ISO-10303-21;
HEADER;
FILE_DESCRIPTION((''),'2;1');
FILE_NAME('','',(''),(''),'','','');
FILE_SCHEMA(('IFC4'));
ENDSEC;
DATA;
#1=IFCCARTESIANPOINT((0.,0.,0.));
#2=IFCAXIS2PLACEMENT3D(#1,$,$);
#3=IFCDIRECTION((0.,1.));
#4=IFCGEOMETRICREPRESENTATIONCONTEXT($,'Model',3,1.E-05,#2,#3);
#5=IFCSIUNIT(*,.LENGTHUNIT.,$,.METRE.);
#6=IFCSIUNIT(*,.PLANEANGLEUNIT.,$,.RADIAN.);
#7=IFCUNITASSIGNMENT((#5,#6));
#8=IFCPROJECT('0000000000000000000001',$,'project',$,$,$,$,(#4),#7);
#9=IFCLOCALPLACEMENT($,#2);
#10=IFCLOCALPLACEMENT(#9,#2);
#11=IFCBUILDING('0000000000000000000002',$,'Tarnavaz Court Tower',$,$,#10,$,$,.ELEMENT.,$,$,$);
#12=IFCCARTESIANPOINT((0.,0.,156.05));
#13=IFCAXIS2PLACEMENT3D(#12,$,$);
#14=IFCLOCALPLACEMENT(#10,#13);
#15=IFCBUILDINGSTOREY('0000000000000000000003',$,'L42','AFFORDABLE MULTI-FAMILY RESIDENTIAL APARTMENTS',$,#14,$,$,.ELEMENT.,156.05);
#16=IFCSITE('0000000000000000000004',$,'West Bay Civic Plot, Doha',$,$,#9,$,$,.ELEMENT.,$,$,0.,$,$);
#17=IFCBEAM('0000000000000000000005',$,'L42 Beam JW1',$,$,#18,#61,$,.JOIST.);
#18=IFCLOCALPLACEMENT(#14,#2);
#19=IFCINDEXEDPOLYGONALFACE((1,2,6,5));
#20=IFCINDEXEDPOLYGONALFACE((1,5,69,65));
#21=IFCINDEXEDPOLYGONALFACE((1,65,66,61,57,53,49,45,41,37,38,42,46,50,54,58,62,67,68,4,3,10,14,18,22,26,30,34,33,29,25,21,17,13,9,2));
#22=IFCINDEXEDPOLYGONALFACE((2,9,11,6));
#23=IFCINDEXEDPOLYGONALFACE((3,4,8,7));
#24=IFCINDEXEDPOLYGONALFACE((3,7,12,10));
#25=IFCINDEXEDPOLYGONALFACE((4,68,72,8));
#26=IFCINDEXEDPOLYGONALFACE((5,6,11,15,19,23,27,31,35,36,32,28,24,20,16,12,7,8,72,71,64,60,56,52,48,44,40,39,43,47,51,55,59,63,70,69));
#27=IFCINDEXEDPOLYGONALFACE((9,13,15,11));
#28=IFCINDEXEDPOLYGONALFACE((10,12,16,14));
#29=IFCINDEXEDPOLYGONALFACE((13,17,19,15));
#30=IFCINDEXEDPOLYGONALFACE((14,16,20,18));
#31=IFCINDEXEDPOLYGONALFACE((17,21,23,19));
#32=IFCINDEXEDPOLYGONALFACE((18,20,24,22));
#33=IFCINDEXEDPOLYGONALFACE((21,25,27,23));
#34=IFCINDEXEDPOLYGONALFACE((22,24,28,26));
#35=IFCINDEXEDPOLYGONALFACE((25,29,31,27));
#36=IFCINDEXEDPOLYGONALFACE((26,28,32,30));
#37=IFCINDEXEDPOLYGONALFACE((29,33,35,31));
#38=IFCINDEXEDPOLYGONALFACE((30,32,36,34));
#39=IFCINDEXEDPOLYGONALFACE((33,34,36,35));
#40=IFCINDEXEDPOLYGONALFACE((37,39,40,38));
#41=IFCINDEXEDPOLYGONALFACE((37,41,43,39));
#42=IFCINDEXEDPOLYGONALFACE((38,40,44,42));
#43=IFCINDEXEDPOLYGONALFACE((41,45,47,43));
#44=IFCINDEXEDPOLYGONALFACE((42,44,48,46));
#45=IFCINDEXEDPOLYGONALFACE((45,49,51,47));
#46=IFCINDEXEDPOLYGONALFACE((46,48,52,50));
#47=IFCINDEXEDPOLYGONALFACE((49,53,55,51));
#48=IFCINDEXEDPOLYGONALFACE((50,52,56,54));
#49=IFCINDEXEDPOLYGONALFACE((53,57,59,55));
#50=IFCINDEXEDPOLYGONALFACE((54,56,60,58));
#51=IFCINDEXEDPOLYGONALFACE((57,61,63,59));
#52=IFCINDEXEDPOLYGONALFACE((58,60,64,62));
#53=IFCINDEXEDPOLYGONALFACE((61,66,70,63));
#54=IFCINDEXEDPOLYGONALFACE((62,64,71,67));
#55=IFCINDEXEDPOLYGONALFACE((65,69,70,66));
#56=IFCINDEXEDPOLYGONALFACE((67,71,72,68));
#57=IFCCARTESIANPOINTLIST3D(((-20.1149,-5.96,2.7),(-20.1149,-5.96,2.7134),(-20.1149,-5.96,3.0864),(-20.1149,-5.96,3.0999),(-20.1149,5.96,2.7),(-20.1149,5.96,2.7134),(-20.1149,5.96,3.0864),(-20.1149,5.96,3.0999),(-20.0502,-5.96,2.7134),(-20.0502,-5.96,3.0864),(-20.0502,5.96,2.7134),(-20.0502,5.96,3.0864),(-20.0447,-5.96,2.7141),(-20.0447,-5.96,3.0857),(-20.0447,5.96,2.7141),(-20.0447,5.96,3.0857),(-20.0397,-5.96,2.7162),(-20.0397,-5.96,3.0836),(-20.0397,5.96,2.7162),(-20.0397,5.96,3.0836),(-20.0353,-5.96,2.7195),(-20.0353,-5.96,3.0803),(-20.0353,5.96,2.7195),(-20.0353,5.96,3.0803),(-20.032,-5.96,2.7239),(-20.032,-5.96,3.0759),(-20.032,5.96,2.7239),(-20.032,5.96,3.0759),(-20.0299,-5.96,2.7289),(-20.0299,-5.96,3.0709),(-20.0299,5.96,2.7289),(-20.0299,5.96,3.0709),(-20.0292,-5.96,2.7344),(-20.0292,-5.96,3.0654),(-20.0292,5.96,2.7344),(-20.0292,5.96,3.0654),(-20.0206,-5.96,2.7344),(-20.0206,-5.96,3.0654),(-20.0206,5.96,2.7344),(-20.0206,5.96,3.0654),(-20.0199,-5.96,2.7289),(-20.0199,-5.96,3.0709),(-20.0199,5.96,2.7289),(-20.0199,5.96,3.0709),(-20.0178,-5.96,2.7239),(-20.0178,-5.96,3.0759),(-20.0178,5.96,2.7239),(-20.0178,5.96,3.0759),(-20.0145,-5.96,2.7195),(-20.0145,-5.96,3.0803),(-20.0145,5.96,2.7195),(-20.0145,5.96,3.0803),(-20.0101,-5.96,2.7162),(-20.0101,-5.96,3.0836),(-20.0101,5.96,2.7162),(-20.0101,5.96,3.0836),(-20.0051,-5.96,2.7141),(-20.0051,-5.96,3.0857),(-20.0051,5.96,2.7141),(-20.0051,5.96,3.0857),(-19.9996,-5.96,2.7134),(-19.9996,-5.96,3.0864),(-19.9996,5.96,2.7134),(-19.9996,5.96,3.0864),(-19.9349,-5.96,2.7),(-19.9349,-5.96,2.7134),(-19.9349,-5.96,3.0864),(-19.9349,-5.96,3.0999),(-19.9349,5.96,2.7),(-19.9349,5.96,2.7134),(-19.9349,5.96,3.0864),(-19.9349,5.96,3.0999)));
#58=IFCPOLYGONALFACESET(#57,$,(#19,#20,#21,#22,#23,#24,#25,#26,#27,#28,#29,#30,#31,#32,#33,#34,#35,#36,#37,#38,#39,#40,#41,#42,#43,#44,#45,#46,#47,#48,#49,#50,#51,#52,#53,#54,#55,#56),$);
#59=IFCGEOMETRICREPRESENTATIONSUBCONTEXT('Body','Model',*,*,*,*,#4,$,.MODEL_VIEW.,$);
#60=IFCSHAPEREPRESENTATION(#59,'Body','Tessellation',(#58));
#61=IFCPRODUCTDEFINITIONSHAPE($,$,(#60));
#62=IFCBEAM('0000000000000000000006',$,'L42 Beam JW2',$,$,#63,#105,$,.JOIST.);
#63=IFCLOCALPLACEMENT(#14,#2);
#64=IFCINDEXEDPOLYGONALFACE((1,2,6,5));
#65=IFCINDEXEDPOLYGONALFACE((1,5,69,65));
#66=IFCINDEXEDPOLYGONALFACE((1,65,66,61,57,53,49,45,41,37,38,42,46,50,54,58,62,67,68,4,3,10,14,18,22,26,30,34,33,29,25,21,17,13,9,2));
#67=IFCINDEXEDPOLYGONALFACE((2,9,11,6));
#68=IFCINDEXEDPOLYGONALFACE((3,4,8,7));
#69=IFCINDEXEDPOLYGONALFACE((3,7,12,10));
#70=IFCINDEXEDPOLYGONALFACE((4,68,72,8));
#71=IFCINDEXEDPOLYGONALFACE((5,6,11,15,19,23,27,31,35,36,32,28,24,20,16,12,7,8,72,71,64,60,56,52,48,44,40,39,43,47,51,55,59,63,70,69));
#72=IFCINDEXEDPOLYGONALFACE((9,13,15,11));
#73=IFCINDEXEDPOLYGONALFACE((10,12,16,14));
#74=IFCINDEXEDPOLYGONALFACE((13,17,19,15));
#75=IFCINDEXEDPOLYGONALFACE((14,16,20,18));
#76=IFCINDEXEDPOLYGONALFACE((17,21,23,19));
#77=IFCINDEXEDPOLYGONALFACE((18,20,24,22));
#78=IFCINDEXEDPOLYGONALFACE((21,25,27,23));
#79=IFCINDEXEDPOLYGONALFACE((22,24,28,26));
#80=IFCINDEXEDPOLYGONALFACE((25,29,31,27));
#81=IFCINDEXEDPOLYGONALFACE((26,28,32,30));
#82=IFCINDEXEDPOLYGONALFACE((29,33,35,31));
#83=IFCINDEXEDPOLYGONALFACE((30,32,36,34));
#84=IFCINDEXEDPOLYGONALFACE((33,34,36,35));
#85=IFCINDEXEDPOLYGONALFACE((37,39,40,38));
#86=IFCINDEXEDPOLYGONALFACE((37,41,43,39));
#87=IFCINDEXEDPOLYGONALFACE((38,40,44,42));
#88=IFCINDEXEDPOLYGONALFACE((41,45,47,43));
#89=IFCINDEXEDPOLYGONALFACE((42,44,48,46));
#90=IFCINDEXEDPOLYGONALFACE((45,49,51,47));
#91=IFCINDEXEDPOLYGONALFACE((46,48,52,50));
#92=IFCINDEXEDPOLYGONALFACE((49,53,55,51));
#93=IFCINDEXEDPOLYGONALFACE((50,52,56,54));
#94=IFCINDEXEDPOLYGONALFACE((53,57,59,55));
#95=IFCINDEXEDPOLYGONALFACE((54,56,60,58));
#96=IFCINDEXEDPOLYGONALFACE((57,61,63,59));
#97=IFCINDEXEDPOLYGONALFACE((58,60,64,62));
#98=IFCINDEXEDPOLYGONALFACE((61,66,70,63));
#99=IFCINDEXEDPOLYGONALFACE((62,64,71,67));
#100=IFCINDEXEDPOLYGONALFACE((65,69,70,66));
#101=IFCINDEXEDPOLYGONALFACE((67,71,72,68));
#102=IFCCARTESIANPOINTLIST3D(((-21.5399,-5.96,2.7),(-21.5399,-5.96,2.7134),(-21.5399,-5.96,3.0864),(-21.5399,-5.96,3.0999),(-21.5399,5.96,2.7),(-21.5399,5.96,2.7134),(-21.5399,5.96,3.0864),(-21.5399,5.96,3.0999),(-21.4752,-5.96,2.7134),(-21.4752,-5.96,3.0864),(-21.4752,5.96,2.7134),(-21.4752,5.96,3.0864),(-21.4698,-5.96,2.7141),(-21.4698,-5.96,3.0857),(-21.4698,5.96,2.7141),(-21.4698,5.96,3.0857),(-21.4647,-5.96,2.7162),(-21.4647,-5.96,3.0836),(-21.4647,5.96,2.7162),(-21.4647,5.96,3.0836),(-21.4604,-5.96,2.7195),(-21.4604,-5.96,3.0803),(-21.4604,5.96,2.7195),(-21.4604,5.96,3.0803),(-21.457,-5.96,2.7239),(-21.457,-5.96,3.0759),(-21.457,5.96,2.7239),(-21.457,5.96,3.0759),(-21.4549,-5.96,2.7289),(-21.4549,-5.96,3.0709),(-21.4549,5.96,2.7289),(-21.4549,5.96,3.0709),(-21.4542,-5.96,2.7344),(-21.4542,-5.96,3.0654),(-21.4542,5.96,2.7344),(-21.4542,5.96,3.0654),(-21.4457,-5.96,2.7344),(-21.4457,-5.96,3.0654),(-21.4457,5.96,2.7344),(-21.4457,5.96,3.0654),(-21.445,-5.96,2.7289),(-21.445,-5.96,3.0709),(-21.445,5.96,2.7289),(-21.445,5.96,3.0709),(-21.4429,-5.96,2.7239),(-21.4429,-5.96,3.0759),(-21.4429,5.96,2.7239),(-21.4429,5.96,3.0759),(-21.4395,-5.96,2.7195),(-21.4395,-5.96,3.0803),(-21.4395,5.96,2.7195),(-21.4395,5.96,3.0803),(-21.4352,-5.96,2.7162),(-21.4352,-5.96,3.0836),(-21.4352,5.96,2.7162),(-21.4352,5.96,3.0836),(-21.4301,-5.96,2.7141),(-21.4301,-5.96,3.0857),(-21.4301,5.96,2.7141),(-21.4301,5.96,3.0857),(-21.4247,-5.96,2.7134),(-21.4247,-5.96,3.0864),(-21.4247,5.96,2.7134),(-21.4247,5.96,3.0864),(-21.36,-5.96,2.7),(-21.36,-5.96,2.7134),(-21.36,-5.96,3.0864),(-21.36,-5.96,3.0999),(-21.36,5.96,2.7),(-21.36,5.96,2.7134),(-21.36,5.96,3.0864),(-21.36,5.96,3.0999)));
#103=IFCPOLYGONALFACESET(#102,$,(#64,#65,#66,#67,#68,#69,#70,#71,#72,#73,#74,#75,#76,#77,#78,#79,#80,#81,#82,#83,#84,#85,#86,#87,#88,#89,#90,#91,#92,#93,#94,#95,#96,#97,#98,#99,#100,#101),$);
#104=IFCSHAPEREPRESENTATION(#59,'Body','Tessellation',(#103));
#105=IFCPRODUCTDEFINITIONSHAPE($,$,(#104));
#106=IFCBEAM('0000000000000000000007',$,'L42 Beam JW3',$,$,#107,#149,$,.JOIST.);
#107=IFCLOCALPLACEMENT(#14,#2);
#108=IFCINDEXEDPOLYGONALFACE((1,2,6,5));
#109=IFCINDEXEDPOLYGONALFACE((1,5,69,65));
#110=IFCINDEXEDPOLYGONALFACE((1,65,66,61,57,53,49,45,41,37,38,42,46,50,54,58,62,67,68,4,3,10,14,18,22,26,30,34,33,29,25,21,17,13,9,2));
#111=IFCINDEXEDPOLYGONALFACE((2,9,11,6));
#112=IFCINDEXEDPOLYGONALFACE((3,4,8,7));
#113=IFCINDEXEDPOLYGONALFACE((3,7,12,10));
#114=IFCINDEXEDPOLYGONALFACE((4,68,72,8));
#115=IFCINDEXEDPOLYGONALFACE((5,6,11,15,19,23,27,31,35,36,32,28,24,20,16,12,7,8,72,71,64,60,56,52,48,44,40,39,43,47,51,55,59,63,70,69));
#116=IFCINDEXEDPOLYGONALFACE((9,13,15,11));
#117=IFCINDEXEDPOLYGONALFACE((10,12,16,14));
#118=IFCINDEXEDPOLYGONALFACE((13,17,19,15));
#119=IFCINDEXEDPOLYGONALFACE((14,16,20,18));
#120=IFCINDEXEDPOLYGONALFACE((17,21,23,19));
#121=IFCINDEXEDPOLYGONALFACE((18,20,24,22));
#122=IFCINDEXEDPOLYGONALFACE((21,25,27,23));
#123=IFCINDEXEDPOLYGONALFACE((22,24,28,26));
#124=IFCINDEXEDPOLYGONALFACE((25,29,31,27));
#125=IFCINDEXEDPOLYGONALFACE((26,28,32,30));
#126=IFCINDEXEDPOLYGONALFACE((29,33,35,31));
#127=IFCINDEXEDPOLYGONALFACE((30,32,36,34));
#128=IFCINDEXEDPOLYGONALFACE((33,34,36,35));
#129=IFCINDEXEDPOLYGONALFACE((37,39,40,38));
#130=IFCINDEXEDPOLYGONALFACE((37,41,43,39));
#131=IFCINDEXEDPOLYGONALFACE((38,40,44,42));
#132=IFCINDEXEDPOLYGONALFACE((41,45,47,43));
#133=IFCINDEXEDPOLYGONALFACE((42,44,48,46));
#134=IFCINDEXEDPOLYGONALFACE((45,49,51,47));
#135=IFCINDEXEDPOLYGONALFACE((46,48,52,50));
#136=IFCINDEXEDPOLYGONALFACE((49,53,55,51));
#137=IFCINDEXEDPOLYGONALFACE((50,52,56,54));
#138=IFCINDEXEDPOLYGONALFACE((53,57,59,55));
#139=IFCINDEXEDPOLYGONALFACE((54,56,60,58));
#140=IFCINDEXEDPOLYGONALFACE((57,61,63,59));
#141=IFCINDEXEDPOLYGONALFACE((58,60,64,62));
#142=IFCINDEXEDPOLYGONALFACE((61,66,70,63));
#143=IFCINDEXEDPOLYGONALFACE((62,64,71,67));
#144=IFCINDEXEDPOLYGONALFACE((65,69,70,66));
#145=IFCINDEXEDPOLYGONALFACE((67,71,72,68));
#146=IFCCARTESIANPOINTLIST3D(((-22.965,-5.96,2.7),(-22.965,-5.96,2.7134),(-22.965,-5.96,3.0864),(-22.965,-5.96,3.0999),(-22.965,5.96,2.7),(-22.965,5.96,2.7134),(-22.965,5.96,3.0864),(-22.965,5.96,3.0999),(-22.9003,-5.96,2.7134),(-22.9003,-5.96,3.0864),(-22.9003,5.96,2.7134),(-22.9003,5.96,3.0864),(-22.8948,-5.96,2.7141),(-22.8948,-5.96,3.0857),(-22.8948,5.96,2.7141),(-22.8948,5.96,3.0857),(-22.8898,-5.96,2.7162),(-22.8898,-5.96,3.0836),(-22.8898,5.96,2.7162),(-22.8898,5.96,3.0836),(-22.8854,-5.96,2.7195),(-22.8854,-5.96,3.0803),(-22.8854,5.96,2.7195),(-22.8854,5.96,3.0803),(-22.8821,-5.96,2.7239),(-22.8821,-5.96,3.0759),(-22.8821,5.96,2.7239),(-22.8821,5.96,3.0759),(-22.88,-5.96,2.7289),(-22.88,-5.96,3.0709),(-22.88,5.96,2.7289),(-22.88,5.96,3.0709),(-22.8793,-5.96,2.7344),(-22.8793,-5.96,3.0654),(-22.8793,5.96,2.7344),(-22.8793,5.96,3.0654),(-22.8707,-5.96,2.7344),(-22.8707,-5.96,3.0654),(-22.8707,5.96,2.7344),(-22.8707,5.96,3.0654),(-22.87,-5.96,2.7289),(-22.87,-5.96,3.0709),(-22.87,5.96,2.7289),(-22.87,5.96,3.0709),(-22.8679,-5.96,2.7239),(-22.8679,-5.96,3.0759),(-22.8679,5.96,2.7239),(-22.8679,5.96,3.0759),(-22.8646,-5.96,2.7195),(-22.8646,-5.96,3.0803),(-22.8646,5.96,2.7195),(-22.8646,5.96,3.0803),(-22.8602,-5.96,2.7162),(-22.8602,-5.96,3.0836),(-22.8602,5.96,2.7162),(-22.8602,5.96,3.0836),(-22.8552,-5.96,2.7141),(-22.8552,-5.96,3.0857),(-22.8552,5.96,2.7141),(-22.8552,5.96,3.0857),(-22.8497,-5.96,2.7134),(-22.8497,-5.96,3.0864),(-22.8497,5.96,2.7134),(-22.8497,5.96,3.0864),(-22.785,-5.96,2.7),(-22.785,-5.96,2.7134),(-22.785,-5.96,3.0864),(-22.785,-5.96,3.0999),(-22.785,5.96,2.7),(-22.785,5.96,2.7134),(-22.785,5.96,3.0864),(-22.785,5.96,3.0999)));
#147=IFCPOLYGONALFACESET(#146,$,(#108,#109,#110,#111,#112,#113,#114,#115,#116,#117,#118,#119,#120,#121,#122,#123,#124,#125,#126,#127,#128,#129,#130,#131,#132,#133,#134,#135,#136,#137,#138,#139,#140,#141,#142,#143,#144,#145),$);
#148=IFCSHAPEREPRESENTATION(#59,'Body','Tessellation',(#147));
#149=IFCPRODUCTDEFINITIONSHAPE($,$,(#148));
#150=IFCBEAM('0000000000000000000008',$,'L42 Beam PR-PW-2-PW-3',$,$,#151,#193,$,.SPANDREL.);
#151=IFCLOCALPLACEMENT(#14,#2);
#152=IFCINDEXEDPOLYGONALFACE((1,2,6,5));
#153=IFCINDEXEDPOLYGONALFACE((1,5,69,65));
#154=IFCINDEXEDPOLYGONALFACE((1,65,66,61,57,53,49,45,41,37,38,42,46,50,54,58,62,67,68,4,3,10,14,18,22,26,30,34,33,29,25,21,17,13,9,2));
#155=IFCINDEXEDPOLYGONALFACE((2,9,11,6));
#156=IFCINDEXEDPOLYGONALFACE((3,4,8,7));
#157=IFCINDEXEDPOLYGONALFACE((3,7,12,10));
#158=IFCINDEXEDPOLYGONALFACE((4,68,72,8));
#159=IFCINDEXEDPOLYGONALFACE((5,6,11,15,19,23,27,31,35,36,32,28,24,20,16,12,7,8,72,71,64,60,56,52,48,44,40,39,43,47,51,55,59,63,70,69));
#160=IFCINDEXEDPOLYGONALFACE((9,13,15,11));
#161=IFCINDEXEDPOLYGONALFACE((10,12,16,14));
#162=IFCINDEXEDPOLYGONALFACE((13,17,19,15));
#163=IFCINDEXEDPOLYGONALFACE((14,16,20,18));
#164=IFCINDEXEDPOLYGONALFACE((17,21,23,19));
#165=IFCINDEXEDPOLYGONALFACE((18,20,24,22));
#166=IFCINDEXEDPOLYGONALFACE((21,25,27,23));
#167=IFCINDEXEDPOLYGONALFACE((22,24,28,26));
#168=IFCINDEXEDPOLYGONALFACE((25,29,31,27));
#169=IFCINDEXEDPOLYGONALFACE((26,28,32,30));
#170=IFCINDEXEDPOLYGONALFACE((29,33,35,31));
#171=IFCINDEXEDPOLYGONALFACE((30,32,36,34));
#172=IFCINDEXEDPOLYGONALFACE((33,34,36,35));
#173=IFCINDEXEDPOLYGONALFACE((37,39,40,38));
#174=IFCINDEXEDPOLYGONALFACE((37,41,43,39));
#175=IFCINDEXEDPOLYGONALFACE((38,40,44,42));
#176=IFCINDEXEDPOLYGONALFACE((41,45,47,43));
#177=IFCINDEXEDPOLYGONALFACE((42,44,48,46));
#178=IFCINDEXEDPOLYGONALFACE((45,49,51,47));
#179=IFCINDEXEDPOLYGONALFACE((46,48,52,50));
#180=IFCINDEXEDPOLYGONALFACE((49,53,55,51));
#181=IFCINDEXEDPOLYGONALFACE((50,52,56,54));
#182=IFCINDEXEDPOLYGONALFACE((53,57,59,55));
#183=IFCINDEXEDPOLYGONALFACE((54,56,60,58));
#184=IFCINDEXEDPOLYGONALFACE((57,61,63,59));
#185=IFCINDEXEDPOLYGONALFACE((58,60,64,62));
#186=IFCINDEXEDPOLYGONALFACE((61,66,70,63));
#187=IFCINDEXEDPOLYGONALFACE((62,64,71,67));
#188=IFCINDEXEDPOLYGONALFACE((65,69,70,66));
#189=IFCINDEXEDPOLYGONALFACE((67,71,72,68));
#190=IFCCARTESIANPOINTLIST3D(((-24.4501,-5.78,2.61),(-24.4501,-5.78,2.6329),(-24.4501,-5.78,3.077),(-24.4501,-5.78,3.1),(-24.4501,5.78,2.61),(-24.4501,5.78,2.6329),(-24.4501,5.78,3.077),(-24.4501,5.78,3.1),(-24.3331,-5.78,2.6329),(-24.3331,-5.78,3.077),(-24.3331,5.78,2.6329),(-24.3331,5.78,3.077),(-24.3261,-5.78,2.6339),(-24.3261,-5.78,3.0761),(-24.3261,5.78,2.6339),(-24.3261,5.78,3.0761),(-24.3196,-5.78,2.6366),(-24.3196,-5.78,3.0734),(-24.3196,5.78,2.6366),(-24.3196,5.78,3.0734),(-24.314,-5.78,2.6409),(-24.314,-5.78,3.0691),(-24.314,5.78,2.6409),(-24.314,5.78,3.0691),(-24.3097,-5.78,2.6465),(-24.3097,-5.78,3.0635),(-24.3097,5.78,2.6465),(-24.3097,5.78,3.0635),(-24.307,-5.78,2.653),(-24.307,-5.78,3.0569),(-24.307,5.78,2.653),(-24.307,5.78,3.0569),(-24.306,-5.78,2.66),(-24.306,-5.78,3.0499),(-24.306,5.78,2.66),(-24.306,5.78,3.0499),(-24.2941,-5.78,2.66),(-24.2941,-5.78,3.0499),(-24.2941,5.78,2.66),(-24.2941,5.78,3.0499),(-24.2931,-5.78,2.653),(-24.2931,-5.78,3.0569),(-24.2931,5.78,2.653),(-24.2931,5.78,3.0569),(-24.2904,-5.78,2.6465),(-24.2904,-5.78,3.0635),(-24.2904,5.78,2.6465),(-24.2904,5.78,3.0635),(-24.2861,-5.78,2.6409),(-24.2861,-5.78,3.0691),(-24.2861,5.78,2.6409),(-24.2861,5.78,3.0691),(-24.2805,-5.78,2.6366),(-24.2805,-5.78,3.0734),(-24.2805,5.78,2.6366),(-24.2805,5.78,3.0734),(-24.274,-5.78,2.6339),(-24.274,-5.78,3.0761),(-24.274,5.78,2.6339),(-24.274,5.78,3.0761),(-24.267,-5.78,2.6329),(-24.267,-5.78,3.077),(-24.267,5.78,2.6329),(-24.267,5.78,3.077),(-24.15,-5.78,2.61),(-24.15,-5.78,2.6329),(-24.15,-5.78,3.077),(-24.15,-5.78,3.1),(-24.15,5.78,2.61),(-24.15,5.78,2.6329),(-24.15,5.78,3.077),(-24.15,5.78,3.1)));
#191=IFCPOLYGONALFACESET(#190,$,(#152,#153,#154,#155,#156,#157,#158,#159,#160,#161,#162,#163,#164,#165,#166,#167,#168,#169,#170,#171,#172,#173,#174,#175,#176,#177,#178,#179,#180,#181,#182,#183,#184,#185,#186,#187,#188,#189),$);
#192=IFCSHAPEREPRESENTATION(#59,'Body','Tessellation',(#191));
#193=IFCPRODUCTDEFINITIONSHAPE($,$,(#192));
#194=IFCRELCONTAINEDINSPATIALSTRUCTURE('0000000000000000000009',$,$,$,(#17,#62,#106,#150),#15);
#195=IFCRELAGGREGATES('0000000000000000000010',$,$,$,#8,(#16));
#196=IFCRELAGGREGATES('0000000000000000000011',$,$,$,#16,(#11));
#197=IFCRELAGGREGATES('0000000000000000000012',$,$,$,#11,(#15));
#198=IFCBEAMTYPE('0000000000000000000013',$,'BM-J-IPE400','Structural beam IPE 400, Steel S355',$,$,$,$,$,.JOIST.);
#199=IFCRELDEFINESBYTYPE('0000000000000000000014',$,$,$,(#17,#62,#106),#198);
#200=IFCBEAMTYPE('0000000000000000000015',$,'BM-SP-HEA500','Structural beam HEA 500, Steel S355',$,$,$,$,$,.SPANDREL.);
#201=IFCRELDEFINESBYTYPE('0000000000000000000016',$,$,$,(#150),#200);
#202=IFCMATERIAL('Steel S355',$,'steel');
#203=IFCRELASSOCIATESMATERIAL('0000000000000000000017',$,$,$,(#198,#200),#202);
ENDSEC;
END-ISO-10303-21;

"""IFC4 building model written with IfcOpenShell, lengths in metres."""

from ifc_helpers import new_model, si_unit, direction, frame, origin, origin_2d, place, context, subcontext, project, spatial, i_section, extrude, material, material_profile, profile_set, type_object, element, save


model = new_model("IFC4")

# Units and contexts
model_context = context("Model", 3, precision=1e-05, world=origin(), true_north=direction((0.0, 1.0)))
body_context = subcontext(model_context, "Body", "Model", "MODEL_VIEW")
ifc_project = project(units=[si_unit("LENGTHUNIT", "METRE"), si_unit("PLANEANGLEUNIT", "RADIAN")], contexts=[model_context])

# Site, building, storey
site_placement = place(None, origin())
site = spatial("IfcSite", under=ifc_project, at=site_placement, Name="West Bay Civic Plot, Doha", CompositionType="ELEMENT", RefElevation=0.0)
building_placement = place(site_placement, origin())
building = spatial("IfcBuilding", under=site, at=building_placement, Name="Tarnavaz Court Tower", CompositionType="ELEMENT")
storey_placement = place(building_placement, frame((0.0, 0.0, 156.05)))
storey = spatial("IfcBuildingStorey", under=building, at=storey_placement, Name="L42", Description="AFFORDABLE MULTI-FAMILY RESIDENTIAL APARTMENTS", CompositionType="ELEMENT", Elevation=156.05)

# Beams
ifc_material_1 = material(Name="Steel S355", Category="steel")
ifc_material_profile_1 = material_profile(ifc_material_1, i_section(OverallWidth=0.1799, OverallDepth=0.3999, WebThickness=0.0085, FlangeThickness=0.0134, FilletRadius=0.021, at=origin_2d()), Name="IPE 400")
ifc_profile_set_1 = profile_set([ifc_material_profile_1], Name="Steel S355")
beam_type_1 = type_object("IfcBeamType", Name="BM-J-IPE400", Description="Structural beam IPE 400, Steel S355", PredefinedType="JOIST", material=ifc_profile_set_1)
for number, where, z_axis, x_axis, name in (
    (1, (-20.0249, -5.96, 2.8999), (0.0, 1.0, 0.0), (-1.0, 0.0, 0.0), "L42 Beam JW1"),
    (2, (-21.45, -5.96, 2.8999), (0.0, 1.0, 0.0), (-1.0, 0.0, 0.0), "L42 Beam JW2"),
    (3, (-22.875, -5.96, 2.8999), (0.0, 1.0, 0.0), (-1.0, 0.0, 0.0), "L42 Beam JW3"),
):
    element("IfcBeam", number, at=place(storey_placement, frame(where, z_axis=z_axis, x_axis=x_axis)), inside=storey, type_object=beam_type_1, Name=name, PredefinedType="JOIST", context=body_context, shape_type="SweptSolid", body=[
        extrude(i_section(OverallWidth=0.1799, OverallDepth=0.3999, WebThickness=0.0085, FlangeThickness=0.0134, FilletRadius=0.021, at=origin_2d()), origin(), (0.0, 0.0, 1.0), 11.9199),
    ])
ifc_material_profile_2 = material_profile(ifc_material_1, i_section(OverallWidth=0.3, OverallDepth=0.49, WebThickness=0.012, FlangeThickness=0.0229, FilletRadius=0.0271, at=origin_2d()), Name="HEA 500")
ifc_profile_set_2 = profile_set([ifc_material_profile_2], Name="Steel S355")
beam_type_2 = type_object("IfcBeamType", Name="BM-SP-HEA500", Description="Structural beam HEA 500, Steel S355", PredefinedType="SPANDREL", material=ifc_profile_set_2)
beam_1_placement = place(storey_placement, frame((-24.3, -5.78, 2.855), z_axis=(0.0, 1.0, 0.0), x_axis=(-1.0, 0.0, 0.0)))
element("IfcBeam", 4, at=beam_1_placement, inside=storey, type_object=beam_type_2, Name="L42 Beam PR-PW-2-PW-3", PredefinedType="SPANDREL", context=body_context, shape_type="SweptSolid", body=[
    extrude(i_section(OverallWidth=0.3, OverallDepth=0.49, WebThickness=0.012, FlangeThickness=0.0229, FilletRadius=0.0271, at=origin_2d()), origin(), (0.0, 0.0, 1.0), 11.5601),
])

save(model, "model.ifc")
